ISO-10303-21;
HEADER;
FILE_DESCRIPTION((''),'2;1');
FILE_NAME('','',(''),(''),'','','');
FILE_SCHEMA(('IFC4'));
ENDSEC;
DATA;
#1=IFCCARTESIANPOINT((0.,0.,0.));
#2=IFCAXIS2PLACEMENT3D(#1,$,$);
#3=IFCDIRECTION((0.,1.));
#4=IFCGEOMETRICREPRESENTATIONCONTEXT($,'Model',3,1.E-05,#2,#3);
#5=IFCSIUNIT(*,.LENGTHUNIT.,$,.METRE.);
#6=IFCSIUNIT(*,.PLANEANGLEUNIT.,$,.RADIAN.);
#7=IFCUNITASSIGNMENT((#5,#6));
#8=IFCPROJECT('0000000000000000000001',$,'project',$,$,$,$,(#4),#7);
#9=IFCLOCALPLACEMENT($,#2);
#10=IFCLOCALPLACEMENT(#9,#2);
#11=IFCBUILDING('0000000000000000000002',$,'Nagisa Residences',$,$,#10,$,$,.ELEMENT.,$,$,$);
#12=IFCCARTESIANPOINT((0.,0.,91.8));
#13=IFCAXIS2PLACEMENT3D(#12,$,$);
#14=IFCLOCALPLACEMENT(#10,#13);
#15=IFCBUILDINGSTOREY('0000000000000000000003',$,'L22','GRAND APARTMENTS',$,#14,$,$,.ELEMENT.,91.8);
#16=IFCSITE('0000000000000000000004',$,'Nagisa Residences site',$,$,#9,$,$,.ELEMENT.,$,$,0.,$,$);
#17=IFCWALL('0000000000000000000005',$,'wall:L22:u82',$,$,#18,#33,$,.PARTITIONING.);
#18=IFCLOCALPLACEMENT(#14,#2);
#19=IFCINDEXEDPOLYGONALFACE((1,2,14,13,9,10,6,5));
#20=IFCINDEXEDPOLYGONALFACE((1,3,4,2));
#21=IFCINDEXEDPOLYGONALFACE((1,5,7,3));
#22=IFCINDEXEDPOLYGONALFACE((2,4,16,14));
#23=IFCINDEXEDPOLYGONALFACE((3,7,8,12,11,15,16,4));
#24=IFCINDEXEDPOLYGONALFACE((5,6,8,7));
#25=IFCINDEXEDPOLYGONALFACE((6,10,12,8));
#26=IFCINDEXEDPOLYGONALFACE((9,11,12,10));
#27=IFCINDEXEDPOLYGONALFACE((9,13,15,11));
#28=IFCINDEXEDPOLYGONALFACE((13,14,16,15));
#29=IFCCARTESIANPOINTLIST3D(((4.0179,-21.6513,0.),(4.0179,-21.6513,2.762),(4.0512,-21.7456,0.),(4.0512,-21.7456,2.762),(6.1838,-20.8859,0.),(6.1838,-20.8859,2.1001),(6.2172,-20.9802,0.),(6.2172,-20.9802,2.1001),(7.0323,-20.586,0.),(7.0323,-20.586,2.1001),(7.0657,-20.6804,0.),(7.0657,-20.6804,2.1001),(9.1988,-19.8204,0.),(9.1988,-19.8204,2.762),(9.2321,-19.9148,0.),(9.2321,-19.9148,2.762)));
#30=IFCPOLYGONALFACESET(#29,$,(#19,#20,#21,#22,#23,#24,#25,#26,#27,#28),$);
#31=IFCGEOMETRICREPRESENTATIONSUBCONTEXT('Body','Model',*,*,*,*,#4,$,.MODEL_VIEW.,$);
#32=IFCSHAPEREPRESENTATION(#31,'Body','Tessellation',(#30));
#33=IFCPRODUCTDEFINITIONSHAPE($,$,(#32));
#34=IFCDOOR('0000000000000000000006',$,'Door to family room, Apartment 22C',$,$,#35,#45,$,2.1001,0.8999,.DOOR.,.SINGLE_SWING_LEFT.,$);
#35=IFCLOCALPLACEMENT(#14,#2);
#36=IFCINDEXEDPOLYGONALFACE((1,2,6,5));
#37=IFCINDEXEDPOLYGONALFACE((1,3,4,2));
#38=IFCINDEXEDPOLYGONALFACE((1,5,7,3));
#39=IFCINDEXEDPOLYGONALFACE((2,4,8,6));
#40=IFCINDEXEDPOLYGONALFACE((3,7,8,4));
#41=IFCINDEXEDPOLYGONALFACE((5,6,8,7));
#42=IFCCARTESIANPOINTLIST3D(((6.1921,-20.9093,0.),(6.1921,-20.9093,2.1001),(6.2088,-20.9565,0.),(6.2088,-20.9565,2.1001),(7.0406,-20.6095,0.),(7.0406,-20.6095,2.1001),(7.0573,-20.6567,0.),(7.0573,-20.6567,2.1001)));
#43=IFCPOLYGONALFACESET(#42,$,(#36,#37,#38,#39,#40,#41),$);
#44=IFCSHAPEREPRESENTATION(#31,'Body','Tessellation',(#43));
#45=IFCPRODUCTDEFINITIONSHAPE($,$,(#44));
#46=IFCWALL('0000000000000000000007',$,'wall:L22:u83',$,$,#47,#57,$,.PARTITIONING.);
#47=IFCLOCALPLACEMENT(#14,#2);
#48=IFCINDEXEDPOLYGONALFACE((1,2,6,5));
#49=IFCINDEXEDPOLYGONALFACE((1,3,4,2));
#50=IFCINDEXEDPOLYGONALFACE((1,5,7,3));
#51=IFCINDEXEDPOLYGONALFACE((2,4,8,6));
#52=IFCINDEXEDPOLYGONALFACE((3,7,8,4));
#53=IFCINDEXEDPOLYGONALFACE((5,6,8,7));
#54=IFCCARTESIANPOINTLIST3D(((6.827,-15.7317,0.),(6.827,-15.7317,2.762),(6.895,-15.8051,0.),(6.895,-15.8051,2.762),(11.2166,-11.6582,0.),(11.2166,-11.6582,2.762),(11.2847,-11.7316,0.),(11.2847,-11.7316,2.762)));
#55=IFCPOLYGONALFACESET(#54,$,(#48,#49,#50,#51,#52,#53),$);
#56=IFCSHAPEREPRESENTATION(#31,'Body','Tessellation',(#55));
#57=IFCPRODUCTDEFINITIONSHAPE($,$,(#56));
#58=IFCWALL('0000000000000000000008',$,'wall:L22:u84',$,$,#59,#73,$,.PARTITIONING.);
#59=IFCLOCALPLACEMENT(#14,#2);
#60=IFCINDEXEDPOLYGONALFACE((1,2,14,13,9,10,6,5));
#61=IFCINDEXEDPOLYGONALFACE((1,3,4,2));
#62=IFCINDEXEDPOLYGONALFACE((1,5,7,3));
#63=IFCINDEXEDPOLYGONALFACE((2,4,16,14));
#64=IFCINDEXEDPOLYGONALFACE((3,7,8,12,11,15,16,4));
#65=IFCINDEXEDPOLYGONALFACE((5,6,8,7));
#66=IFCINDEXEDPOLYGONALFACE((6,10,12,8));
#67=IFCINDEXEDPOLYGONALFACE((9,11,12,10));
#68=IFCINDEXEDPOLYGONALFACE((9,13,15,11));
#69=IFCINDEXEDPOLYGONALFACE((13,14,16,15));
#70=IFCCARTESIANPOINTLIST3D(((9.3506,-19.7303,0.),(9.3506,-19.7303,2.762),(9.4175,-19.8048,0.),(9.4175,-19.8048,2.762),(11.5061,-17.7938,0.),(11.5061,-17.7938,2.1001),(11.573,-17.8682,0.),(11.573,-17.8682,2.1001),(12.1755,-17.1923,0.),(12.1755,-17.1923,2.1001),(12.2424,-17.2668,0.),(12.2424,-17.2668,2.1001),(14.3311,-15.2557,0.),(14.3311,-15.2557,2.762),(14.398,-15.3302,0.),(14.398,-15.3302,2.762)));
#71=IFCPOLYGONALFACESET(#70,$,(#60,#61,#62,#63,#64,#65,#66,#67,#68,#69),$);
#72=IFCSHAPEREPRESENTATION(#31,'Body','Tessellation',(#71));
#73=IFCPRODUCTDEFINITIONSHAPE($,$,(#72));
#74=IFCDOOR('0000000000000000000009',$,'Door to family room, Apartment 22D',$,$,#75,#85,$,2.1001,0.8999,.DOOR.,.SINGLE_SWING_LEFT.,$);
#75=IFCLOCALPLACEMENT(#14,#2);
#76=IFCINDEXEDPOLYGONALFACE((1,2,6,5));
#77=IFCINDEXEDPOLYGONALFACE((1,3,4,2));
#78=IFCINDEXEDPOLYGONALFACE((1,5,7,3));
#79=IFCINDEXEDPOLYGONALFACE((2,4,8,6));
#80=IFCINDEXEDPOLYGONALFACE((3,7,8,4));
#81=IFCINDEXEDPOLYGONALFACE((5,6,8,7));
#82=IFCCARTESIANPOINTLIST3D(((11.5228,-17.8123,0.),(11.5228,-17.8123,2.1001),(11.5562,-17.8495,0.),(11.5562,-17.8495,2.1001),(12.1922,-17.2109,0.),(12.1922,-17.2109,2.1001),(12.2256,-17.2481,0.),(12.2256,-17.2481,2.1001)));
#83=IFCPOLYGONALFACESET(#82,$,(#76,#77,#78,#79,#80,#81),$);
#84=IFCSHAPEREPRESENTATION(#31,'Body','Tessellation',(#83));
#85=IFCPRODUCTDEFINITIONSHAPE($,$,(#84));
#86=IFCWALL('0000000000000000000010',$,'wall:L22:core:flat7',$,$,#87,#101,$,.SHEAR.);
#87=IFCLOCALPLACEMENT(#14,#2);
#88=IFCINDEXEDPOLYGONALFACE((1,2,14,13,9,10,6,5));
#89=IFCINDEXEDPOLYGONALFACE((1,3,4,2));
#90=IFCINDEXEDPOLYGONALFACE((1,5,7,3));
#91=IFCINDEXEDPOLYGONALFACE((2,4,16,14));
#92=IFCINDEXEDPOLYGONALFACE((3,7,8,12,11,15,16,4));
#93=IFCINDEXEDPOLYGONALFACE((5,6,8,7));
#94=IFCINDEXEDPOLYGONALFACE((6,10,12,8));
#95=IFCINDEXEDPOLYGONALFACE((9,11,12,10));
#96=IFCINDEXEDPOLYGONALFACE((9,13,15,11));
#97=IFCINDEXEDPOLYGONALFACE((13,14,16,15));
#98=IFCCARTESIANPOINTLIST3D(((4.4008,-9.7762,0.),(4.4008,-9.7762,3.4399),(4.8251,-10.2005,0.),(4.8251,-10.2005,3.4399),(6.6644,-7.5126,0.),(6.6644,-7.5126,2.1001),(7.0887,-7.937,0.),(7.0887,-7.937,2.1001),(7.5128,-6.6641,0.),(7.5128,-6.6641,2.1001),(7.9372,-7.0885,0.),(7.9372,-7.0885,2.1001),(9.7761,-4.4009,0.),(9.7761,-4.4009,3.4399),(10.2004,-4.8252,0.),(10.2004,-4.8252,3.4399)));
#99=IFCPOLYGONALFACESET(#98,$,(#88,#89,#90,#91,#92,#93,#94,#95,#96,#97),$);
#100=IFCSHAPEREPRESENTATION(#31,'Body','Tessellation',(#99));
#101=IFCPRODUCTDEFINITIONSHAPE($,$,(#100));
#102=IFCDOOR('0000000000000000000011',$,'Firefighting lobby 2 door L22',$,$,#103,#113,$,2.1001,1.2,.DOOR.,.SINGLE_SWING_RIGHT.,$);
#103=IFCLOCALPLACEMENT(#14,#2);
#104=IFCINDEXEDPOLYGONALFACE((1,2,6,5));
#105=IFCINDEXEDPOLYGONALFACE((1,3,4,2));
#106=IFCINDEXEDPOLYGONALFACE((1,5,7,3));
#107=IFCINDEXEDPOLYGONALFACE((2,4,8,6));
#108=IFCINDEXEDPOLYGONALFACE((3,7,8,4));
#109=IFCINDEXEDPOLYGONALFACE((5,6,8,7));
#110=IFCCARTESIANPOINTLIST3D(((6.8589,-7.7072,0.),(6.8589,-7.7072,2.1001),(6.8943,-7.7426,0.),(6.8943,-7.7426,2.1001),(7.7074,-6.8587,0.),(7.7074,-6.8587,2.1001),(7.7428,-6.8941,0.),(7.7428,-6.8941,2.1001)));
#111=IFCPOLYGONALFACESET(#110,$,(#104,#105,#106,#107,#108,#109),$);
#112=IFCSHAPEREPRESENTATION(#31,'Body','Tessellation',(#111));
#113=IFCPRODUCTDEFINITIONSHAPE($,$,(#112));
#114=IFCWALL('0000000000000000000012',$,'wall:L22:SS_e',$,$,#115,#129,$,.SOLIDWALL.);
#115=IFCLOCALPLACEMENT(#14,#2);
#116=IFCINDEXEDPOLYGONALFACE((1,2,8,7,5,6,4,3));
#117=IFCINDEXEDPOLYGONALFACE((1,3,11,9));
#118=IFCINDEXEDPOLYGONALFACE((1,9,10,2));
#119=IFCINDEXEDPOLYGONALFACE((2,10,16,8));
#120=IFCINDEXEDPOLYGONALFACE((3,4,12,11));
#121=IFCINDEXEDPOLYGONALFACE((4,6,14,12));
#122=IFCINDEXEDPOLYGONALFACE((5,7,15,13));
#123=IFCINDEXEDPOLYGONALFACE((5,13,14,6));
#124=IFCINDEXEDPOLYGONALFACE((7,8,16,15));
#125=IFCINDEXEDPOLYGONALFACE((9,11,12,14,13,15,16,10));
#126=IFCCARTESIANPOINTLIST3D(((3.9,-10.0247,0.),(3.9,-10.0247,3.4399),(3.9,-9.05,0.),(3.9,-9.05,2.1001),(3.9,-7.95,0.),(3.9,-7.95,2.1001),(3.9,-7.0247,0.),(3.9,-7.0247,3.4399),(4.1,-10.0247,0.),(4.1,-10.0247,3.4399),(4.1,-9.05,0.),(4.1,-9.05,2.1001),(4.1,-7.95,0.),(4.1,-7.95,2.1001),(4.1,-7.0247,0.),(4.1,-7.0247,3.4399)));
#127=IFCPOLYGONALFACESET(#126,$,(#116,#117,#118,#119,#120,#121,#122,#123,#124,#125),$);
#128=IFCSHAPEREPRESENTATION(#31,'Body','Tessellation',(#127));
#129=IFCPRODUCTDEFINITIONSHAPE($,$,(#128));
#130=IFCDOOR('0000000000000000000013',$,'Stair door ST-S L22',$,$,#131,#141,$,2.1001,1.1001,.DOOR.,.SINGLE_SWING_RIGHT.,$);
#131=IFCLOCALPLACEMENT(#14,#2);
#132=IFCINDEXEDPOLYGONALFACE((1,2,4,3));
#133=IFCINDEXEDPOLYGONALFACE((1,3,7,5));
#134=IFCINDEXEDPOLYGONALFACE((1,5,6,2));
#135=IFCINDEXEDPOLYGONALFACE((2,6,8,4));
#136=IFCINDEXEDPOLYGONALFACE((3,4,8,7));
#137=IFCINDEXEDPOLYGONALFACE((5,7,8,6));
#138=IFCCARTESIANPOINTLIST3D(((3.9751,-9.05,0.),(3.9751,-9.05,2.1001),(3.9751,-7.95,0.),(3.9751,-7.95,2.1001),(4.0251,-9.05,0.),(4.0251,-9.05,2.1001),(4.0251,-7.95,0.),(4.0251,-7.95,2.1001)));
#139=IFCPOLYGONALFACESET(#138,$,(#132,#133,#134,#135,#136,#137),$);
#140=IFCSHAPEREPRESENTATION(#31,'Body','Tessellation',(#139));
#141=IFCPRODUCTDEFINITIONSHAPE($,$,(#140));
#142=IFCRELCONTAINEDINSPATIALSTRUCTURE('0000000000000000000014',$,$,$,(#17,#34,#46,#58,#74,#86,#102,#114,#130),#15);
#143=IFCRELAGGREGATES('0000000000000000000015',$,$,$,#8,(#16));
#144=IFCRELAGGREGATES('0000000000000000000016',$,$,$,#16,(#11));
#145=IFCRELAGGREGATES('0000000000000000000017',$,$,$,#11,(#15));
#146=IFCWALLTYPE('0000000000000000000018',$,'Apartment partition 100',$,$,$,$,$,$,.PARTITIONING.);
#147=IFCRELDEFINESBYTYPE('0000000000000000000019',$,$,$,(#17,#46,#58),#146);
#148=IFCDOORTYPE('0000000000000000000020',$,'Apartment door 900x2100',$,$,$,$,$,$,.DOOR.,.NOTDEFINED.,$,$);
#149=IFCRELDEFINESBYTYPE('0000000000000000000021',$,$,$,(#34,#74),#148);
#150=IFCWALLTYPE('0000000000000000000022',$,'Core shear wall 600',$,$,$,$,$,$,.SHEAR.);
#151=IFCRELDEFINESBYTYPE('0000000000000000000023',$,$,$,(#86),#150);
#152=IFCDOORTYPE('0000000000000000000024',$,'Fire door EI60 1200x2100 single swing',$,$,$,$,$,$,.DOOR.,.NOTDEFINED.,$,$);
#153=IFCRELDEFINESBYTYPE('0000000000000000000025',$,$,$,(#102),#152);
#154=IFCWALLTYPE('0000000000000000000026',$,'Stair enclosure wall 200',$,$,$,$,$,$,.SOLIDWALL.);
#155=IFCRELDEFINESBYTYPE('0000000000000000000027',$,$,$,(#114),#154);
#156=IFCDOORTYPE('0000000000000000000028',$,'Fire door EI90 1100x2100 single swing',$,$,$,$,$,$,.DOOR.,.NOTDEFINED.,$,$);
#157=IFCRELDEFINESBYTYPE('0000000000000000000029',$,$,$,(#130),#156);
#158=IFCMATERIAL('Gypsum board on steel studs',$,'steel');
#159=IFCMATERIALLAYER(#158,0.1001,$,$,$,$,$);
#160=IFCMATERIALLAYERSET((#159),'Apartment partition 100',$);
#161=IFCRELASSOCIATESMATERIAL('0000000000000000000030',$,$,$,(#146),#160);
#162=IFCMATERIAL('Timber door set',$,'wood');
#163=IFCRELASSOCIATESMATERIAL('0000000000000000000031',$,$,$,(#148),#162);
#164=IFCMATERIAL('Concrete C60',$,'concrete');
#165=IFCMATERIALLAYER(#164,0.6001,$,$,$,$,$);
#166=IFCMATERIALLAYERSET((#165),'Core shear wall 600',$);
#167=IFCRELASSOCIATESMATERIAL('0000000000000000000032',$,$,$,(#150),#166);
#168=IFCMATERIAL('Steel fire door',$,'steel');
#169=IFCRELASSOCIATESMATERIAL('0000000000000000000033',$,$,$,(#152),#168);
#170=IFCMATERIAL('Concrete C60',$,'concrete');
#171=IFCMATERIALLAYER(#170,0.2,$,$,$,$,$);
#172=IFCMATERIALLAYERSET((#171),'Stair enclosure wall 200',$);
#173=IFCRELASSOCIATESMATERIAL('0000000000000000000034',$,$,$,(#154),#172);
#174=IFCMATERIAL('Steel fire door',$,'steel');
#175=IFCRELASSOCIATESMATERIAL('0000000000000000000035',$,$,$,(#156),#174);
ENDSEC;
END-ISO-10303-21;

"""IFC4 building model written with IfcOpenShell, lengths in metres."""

from ifc_helpers import new_model, si_unit, direction, frame, frame_2d, origin, place, context, subcontext, project, spatial, rectangle, extrude, material, layer, layer_set, type_object, element, fill, save


model = new_model("IFC4")

# Units and contexts
model_context = context("Model", 3, precision=1e-05, world=origin(), true_north=direction((0.0, 1.0)))
body_context = subcontext(model_context, "Body", "Model", "MODEL_VIEW")
ifc_project = project(units=[si_unit("LENGTHUNIT", "METRE"), si_unit("PLANEANGLEUNIT", "RADIAN")], contexts=[model_context])

# Site, building, storey
site_placement = place(None, origin())
site = spatial("IfcSite", under=ifc_project, at=site_placement, Name="Nagisa Residences site", CompositionType="ELEMENT", RefElevation=0.0)
building_placement = place(site_placement, origin())
building = spatial("IfcBuilding", under=site, at=building_placement, Name="Nagisa Residences", CompositionType="ELEMENT")
storey_placement = place(building_placement, frame((0.0, 0.0, 91.8)))
storey = spatial("IfcBuildingStorey", under=building, at=storey_placement, Name="L22", Description="GRAND APARTMENTS", CompositionType="ELEMENT", Elevation=91.8)

# Wall, opening, door
ifc_material_1 = material(Name="Gypsum board on steel studs", Category="steel")
ifc_layer_1 = layer(ifc_material_1, 0.1001)
ifc_layer_set_1 = layer_set([ifc_layer_1], Name="Apartment partition 100")
wall_type_1 = type_object("IfcWallType", Name="Apartment partition 100", PredefinedType="PARTITIONING", material=ifc_layer_set_1)
ifc_material_2 = material(Name="Timber door set", Category="wood")
door_type_1 = type_object("IfcDoorType", Name="Apartment door 900x2100", OperationType="NOTDEFINED", PredefinedType="DOOR", material=ifc_material_2)
wall_1_placement = place(storey_placement, frame((4.0344, -21.6985, 0.0), z_axis=(0.0, 0.0, 1.0), x_axis=(0.942861, 0.333185, 0.0)))
wall_1 = element("IfcWall", 1, at=wall_1_placement, inside=storey, type_object=wall_type_1, Name="wall:L22:u82", PredefinedType="PARTITIONING", context=body_context, shape_type="SweptSolid", body=[
    extrude(rectangle(XDim=5.4949, YDim=0.1001, at=frame_2d((2.7476, 0.0))), origin(), (0.0, 0.0, 1.0), 2.762),
])
opening_1_placement = place(wall_1_placement, frame((2.2974, 0.0, 0.0)))
opening_1 = element("IfcOpeningElement", 2, at=opening_1_placement, cuts=wall_1, PredefinedType="OPENING", context=body_context, shape_type="SweptSolid", body=[
    extrude(rectangle(XDim=0.8999, YDim=2.1001, at=frame_2d((0.45, 1.05))), frame((0.0, 0.0601, 0.0), z_axis=(0.0, -1.0, 0.0), x_axis=(1.0, 0.0, 0.0)), (0.0, 0.0, 1.0), 0.1201),
])
door_1_placement = place(opening_1_placement, frame((0.8999, 0.0, 0.0), x_axis=(-1.0, 0.0, 0.0)))
door_1 = element("IfcDoor", 3, at=door_1_placement, inside=storey, type_object=door_type_1, Name="Door to family room, Apartment 22C", OperationType="SINGLE_SWING_LEFT", OverallHeight=2.1001, OverallWidth=0.8999, PredefinedType="DOOR", context=body_context, shape_type="SweptSolid", body=[
    extrude(rectangle(XDim=0.8999, YDim=2.1001, at=frame_2d((0.45, 1.05))), frame((0.0, 0.0249, 0.0), z_axis=(0.0, -1.0, 0.0), x_axis=(1.0, 0.0, 0.0)), (0.0, 0.0, 1.0), 0.05),
])
fill(opening_1, door_1)

# Wall
wall_2_placement = place(storey_placement, frame((6.8611, -15.7683, 0.0), z_axis=(0.0, 0.0, 1.0), x_axis=(0.733011, 0.680217, 0.0)))
element("IfcWall", 4, at=wall_2_placement, inside=storey, type_object=wall_type_1, Name="wall:L22:u83", PredefinedType="PARTITIONING", context=body_context, shape_type="SweptSolid", body=[
    extrude(rectangle(XDim=5.9885, YDim=0.1001, at=frame_2d((2.9941, 0.0))), origin(), (0.0, 0.0, 1.0), 2.762),
])

# Walls, openings, doors
wall_3_placement = place(storey_placement, frame((9.384, -19.7676, 0.0), z_axis=(0.0, 0.0, 1.0), x_axis=(0.743874, 0.66832, 0.0)))
wall_3 = element("IfcWall", 5, at=wall_3_placement, inside=storey, type_object=wall_type_1, Name="wall:L22:u84", PredefinedType="PARTITIONING", context=body_context, shape_type="SweptSolid", body=[
    extrude(rectangle(XDim=6.6953, YDim=0.1001, at=frame_2d((3.3477, 0.0))), origin(), (0.0, 0.0, 1.0), 2.762),
])
opening_2_placement = place(wall_3_placement, frame((2.8977, 0.0, 0.0)))
opening_2 = element("IfcOpeningElement", 6, at=opening_2_placement, cuts=wall_3, PredefinedType="OPENING", context=body_context, shape_type="SweptSolid", body=[
    extrude(rectangle(XDim=0.8999, YDim=2.1001, at=frame_2d((0.45, 1.05))), frame((0.0, 0.0601, 0.0), z_axis=(0.0, -1.0, 0.0), x_axis=(1.0, 0.0, 0.0)), (0.0, 0.0, 1.0), 0.1201),
])
door_2_placement = place(opening_2_placement, frame((0.8999, 0.0, 0.0), x_axis=(-1.0, 0.0, 0.0)))
door_2 = element("IfcDoor", 7, at=door_2_placement, inside=storey, type_object=door_type_1, Name="Door to family room, Apartment 22D", OperationType="SINGLE_SWING_LEFT", OverallHeight=2.1001, OverallWidth=0.8999, PredefinedType="DOOR", context=body_context, shape_type="SweptSolid", body=[
    extrude(rectangle(XDim=0.8999, YDim=2.1001, at=frame_2d((0.45, 1.05))), frame((0.0, 0.0249, 0.0), z_axis=(0.0, -1.0, 0.0), x_axis=(1.0, 0.0, 0.0)), (0.0, 0.0, 1.0), 0.05),
])
fill(opening_2, door_2)
ifc_material_3 = material(Name="Concrete C60", Category="concrete")
ifc_layer_2 = layer(ifc_material_3, 0.6001)
ifc_layer_set_2 = layer_set([ifc_layer_2], Name="Core shear wall 600")
wall_type_2 = type_object("IfcWallType", Name="Core shear wall 600", PredefinedType="SHEAR", material=ifc_layer_set_2)
wall_4_placement = place(storey_placement, frame((4.613, -9.9883, 0.0), z_axis=(0.0, 0.0, 1.0), x_axis=(0.707107, 0.707107, 0.0)))
wall_4 = element("IfcWall", 8, at=wall_4_placement, inside=storey, type_object=wall_type_2, Name="wall:L22:core:flat7", PredefinedType="SHEAR", context=body_context, shape_type="SweptSolid", body=[
    extrude(rectangle(XDim=7.6018, YDim=0.6001, at=frame_2d((3.8008, 0.0))), origin(), (0.0, 0.0, 1.0), 3.4399),
])
opening_3_placement = place(wall_4_placement, frame((3.2009, 0.0, 0.0)))
opening_3 = element("IfcOpeningElement", 9, at=opening_3_placement, cuts=wall_4, PredefinedType="OPENING", context=body_context, shape_type="SweptSolid", body=[
    extrude(rectangle(XDim=1.2, YDim=2.1001, at=frame_2d((0.6001, 1.05))), frame((0.0, 0.3101, 0.0), z_axis=(0.0, -1.0, 0.0), x_axis=(1.0, 0.0, 0.0)), (0.0, 0.0, 1.0), 0.6201),
])
ifc_material_4 = material(Name="Steel fire door", Category="steel")
door_type_2 = type_object("IfcDoorType", Name="Fire door EI60 1200x2100 single swing", OperationType="NOTDEFINED", PredefinedType="DOOR", material=ifc_material_4)
door_3_placement = place(opening_3_placement, origin())
door_3 = element("IfcDoor", 10, at=door_3_placement, inside=storey, type_object=door_type_2, Name="Firefighting lobby 2 door L22", OperationType="SINGLE_SWING_RIGHT", OverallHeight=2.1001, OverallWidth=1.2, PredefinedType="DOOR", context=body_context, shape_type="SweptSolid", body=[
    extrude(rectangle(XDim=1.2, YDim=2.1001, at=frame_2d((0.6001, 1.05))), frame((0.0, 0.0249, 0.0), z_axis=(0.0, -1.0, 0.0), x_axis=(1.0, 0.0, 0.0)), (0.0, 0.0, 1.0), 0.05),
])
fill(opening_3, door_3)
ifc_material_5 = material(Name="Concrete C60", Category="concrete")
ifc_layer_3 = layer(ifc_material_5, 0.2)
ifc_layer_set_3 = layer_set([ifc_layer_3], Name="Stair enclosure wall 200")
wall_type_3 = type_object("IfcWallType", Name="Stair enclosure wall 200", PredefinedType="SOLIDWALL", material=ifc_layer_set_3)
wall_5_placement = place(storey_placement, frame((4.0, -10.0247, 0.0), z_axis=(0.0, 0.0, 1.0), x_axis=(0.0, 1.0, 0.0)))
wall_5 = element("IfcWall", 11, at=wall_5_placement, inside=storey, type_object=wall_type_3, Name="wall:L22:SS_e", PredefinedType="SOLIDWALL", context=body_context, shape_type="SweptSolid", body=[
    extrude(rectangle(XDim=3.0, YDim=0.2, at=frame_2d((1.5, 0.0))), origin(), (0.0, 0.0, 1.0), 3.4399),
])
opening_4_placement = place(wall_5_placement, frame((0.9746, 0.0, 0.0)))
opening_4 = element("IfcOpeningElement", 12, at=opening_4_placement, cuts=wall_5, PredefinedType="OPENING", context=body_context, shape_type="SweptSolid", body=[
    extrude(rectangle(XDim=1.1001, YDim=2.1001, at=frame_2d((0.55, 1.05))), frame((0.0, 0.1099, 0.0), z_axis=(0.0, -1.0, 0.0), x_axis=(1.0, 0.0, 0.0)), (0.0, 0.0, 1.0), 0.22),
])
ifc_material_6 = material(Name="Steel fire door", Category="steel")
door_type_3 = type_object("IfcDoorType", Name="Fire door EI90 1100x2100 single swing", OperationType="NOTDEFINED", PredefinedType="DOOR", material=ifc_material_6)
door_4_placement = place(opening_4_placement, origin())
door_4 = element("IfcDoor", 13, at=door_4_placement, inside=storey, type_object=door_type_3, Name="Stair door ST-S L22", OperationType="SINGLE_SWING_RIGHT", OverallHeight=2.1001, OverallWidth=1.1001, PredefinedType="DOOR", context=body_context, shape_type="SweptSolid", body=[
    extrude(rectangle(XDim=1.1001, YDim=2.1001, at=frame_2d((0.55, 1.05))), frame((0.0, 0.0249, 0.0), z_axis=(0.0, -1.0, 0.0), x_axis=(1.0, 0.0, 0.0)), (0.0, 0.0, 1.0), 0.05),
])
fill(opening_4, door_4)

save(model, "model.ifc")
